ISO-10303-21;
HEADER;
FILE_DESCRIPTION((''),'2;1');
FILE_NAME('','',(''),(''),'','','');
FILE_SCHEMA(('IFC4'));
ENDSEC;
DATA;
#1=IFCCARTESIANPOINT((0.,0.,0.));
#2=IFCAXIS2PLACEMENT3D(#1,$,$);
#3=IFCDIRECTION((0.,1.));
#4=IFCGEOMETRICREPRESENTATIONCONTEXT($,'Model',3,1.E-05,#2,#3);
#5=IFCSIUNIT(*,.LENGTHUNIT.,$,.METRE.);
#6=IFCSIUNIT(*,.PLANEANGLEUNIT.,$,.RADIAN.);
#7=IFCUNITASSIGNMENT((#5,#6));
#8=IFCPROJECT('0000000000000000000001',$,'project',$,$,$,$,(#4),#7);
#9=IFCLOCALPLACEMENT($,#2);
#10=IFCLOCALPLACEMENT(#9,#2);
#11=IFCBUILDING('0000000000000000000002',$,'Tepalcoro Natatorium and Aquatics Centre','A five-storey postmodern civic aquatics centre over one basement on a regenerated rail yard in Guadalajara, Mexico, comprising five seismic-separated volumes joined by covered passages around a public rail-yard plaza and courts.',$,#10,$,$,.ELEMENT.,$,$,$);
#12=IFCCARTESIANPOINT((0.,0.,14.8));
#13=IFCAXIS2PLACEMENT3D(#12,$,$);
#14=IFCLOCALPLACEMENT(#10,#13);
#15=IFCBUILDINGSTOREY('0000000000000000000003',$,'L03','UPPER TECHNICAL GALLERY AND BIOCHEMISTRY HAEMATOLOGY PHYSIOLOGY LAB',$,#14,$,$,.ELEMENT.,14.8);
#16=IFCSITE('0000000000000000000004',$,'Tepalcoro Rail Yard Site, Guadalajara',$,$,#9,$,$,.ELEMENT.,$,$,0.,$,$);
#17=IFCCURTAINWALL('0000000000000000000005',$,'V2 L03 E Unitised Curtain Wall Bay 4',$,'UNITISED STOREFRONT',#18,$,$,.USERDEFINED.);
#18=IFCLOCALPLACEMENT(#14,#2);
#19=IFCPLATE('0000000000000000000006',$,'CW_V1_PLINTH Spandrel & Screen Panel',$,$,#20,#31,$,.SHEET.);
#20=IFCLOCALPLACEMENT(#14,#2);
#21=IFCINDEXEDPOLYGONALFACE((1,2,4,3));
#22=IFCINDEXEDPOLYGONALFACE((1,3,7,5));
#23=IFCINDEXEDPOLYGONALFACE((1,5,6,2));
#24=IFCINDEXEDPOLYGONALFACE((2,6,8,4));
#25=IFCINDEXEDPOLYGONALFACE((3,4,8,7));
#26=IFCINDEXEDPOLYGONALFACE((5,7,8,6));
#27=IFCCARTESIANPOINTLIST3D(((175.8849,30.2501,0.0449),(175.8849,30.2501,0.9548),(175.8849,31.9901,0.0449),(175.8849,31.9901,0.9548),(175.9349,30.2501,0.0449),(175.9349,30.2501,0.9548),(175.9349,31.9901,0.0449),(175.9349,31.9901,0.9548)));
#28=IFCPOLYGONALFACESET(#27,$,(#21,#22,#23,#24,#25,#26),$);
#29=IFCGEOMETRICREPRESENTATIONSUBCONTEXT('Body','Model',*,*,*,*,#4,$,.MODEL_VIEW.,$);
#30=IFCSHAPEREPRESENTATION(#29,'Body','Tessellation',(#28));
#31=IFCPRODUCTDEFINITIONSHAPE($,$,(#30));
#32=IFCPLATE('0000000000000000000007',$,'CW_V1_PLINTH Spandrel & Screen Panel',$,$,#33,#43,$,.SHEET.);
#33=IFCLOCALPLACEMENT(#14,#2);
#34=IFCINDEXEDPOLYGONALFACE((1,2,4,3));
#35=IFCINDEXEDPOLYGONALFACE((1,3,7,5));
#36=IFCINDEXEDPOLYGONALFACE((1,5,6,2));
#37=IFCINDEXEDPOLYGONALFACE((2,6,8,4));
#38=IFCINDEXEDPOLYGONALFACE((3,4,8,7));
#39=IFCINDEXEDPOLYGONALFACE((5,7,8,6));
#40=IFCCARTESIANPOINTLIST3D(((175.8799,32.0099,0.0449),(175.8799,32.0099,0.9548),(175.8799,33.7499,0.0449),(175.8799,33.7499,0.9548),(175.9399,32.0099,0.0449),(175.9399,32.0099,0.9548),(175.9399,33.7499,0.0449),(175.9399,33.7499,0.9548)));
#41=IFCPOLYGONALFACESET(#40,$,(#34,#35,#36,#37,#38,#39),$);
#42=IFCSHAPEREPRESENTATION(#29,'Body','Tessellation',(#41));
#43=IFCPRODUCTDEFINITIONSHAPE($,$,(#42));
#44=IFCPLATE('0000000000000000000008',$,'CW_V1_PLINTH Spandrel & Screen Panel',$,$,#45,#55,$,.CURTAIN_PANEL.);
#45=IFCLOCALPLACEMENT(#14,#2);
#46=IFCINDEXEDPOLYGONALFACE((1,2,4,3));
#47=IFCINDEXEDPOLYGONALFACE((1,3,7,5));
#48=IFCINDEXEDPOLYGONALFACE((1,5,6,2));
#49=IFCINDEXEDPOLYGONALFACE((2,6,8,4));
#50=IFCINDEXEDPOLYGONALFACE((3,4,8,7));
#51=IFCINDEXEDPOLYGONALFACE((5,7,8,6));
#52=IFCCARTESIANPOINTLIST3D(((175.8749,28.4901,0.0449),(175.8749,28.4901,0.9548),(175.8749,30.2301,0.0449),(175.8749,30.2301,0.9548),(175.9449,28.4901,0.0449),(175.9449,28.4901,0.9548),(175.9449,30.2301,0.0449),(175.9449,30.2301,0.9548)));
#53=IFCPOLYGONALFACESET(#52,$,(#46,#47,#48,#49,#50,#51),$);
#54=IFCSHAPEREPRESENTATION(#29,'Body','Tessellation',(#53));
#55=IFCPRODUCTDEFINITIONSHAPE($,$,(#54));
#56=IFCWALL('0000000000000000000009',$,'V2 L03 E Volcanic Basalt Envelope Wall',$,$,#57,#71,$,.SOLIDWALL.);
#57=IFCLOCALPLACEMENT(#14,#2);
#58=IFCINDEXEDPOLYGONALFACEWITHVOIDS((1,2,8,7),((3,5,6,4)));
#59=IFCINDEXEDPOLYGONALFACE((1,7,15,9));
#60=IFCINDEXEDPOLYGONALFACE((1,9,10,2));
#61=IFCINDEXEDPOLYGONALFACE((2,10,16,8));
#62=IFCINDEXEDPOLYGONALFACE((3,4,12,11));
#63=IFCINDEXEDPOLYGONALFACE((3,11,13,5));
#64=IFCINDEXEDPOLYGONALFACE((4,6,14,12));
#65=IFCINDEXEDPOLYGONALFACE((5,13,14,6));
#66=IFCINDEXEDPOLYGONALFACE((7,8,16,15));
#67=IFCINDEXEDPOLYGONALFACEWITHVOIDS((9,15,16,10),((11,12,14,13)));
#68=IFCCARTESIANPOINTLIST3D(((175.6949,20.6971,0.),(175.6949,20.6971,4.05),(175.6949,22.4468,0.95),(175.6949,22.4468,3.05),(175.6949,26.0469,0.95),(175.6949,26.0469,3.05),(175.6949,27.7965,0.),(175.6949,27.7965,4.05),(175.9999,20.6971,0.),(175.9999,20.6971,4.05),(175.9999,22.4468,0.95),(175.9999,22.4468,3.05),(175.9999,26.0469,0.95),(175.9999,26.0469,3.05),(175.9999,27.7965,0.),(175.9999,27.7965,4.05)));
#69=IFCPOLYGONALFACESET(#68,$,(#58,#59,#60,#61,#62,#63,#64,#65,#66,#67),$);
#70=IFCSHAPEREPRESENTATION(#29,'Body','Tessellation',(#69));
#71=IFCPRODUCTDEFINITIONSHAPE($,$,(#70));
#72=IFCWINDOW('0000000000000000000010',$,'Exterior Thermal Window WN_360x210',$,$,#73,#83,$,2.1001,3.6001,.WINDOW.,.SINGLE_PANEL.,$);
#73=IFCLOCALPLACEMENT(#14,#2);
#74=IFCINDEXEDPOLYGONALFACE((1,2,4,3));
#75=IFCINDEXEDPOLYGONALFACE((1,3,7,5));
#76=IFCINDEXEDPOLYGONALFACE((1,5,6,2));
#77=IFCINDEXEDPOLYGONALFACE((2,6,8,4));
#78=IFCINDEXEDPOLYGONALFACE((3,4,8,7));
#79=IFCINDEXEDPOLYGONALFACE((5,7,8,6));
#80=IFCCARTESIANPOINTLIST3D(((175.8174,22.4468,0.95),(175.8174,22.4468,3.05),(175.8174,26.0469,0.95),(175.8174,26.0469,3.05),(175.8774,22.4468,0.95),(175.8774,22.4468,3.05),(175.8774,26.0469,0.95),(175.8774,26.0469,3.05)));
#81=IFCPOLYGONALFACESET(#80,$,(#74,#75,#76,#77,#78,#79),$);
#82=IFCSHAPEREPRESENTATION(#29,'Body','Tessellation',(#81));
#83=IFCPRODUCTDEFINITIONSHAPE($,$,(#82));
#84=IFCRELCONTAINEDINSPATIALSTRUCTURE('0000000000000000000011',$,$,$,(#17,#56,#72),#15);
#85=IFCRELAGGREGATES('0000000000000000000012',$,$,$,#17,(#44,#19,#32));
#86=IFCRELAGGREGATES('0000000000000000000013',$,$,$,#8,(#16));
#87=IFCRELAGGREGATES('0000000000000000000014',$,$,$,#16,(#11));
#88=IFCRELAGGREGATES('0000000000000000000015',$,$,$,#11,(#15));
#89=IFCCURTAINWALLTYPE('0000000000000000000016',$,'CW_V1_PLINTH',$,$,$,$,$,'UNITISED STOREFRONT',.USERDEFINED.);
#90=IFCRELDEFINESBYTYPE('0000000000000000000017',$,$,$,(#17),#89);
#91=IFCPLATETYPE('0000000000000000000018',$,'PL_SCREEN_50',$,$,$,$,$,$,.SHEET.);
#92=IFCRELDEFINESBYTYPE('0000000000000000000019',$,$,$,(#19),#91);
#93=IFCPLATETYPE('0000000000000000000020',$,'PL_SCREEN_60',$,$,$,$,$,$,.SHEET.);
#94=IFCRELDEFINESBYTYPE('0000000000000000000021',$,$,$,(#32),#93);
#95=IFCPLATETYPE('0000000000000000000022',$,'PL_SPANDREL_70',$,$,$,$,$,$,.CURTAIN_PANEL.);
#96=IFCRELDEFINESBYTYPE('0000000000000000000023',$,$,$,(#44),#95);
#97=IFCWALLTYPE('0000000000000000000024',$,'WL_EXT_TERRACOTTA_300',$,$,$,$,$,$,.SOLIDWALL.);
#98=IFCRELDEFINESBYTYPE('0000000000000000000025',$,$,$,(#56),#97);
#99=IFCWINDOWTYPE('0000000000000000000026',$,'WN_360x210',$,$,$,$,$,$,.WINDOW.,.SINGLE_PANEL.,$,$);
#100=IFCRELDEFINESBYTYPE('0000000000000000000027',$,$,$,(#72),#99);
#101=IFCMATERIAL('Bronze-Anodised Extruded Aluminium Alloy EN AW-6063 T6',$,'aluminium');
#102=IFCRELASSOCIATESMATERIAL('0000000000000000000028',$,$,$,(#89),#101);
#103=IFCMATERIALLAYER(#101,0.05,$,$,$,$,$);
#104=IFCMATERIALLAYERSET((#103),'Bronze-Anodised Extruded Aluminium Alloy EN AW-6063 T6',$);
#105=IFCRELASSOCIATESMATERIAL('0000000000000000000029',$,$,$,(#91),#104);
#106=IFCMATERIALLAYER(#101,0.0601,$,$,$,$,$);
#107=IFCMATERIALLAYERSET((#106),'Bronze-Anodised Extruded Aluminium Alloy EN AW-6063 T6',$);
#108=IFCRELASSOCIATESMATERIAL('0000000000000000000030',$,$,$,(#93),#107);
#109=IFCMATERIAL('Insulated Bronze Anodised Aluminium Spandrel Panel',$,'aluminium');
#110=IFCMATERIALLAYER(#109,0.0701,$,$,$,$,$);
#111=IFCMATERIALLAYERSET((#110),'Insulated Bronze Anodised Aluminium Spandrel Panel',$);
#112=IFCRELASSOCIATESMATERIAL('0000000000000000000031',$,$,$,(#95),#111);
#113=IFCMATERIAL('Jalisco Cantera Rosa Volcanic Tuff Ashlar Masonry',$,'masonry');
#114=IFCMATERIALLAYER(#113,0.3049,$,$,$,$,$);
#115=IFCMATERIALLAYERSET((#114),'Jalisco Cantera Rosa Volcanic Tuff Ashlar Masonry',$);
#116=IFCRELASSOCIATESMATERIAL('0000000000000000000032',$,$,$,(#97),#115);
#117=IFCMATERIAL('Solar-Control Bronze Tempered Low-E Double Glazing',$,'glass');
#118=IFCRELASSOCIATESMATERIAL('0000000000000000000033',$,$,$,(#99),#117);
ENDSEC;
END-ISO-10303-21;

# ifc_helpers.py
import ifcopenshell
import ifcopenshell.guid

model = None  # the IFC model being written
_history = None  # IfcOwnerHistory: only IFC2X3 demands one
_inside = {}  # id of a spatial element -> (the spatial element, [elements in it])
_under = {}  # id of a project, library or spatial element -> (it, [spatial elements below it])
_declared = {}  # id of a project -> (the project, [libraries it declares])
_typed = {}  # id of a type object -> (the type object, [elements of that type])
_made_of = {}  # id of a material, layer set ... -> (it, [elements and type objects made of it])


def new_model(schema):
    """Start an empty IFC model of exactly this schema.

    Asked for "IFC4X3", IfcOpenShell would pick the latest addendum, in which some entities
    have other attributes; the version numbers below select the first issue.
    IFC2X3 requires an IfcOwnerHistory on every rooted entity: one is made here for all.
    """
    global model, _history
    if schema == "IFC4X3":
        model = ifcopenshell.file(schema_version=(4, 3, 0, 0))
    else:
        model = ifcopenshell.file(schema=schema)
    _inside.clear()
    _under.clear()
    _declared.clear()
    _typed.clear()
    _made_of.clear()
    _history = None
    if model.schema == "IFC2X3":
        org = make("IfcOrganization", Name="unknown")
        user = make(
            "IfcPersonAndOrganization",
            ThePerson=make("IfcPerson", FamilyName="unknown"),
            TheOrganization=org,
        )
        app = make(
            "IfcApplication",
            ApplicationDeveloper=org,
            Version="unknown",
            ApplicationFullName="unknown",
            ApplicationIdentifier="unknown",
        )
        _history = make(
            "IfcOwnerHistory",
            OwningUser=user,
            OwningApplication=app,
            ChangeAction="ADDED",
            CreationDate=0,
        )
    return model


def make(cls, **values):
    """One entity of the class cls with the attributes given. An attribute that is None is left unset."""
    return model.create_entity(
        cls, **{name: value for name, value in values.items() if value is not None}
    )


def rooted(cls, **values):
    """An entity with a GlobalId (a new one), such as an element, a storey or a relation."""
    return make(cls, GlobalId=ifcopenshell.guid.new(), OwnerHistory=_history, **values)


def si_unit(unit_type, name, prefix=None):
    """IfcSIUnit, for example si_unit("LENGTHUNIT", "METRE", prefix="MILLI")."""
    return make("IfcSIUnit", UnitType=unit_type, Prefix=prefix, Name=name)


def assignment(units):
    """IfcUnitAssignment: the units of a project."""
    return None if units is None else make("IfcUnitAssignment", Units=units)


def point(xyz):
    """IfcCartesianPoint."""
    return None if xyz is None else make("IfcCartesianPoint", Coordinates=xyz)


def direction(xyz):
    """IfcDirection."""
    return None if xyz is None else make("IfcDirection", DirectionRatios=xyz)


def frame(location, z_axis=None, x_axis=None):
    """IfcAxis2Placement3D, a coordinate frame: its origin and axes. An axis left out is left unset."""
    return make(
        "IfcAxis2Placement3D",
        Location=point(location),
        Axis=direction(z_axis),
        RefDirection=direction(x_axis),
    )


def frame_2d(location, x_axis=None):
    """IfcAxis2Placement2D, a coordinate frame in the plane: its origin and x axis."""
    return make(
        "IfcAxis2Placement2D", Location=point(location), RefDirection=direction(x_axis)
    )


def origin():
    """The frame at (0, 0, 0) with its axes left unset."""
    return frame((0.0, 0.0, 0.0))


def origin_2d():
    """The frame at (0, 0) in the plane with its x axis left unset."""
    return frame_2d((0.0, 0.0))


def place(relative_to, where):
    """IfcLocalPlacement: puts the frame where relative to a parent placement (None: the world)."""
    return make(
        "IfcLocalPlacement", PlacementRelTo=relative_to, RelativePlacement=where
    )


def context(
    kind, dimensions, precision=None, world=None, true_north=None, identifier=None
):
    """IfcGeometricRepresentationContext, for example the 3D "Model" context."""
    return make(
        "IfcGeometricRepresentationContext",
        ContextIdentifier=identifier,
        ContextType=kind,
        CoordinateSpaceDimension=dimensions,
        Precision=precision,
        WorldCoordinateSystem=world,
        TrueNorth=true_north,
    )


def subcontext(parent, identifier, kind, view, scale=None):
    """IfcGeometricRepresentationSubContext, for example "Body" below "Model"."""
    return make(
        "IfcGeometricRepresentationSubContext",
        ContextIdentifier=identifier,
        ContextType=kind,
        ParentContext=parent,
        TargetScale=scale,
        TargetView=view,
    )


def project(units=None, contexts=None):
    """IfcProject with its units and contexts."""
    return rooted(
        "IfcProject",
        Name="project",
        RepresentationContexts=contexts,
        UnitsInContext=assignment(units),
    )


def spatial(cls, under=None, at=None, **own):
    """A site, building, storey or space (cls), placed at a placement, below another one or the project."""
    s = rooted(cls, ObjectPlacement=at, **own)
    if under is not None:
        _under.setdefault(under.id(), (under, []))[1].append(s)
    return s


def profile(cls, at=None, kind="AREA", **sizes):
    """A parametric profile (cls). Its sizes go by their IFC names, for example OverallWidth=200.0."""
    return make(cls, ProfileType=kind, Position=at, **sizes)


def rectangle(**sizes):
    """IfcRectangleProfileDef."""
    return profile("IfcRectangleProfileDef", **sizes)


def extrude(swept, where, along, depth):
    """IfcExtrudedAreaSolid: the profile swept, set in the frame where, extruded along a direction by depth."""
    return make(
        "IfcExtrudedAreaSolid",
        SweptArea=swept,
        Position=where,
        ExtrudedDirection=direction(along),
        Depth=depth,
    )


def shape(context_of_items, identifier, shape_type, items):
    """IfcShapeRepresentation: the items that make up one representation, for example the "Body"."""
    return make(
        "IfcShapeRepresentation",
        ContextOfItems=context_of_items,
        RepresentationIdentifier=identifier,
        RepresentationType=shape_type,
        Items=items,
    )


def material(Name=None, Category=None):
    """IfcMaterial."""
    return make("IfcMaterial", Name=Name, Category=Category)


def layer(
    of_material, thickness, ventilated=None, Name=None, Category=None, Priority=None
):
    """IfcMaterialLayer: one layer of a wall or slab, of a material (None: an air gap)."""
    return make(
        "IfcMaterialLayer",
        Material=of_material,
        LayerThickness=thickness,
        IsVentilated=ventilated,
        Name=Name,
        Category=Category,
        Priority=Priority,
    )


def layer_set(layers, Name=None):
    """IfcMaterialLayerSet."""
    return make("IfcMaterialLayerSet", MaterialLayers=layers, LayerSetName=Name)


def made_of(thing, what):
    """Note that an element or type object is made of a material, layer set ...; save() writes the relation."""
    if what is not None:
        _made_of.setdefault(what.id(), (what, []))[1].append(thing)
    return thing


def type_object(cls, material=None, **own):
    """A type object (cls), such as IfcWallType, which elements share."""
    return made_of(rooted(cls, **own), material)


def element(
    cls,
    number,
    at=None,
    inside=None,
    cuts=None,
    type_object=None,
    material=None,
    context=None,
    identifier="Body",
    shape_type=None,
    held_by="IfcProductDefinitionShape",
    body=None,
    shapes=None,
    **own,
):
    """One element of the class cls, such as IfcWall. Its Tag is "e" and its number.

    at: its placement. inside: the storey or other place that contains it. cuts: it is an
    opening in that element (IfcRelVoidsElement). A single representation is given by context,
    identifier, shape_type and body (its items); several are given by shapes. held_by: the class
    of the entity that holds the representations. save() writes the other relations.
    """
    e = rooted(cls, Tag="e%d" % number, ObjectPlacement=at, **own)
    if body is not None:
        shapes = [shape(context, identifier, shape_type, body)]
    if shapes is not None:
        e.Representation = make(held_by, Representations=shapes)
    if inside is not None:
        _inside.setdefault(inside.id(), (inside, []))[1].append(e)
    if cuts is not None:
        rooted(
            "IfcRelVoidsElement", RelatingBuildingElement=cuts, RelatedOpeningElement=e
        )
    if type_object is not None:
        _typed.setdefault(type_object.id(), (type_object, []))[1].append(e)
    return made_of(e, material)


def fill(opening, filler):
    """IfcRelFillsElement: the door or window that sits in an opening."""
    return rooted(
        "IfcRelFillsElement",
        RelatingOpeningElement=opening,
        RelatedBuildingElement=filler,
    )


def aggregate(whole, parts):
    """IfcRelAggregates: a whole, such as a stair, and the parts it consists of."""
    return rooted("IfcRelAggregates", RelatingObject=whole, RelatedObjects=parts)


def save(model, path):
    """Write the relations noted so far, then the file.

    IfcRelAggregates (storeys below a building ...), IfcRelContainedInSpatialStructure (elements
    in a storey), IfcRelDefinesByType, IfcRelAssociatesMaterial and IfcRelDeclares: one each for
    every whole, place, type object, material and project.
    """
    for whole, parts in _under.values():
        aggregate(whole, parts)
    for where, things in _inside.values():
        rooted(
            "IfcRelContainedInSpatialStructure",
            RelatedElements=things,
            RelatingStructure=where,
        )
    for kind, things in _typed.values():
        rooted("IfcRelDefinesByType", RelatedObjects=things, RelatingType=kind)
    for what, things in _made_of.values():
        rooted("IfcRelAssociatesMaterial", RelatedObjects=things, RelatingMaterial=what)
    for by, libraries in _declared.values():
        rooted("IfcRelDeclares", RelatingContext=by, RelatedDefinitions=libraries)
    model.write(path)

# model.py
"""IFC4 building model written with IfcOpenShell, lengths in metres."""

from ifc_helpers import new_model, si_unit, direction, frame, frame_2d, origin, origin_2d, place, context, subcontext, project, spatial, rectangle, extrude, material, layer, layer_set, type_object, element, fill, aggregate, save


model = new_model("IFC4")

# Units and contexts
model_context = context("Model", 3, precision=1e-05, world=origin(), true_north=direction((0.0, 1.0)))
body_context = subcontext(model_context, "Body", "Model", "MODEL_VIEW")
ifc_project = project(units=[si_unit("LENGTHUNIT", "METRE"), si_unit("PLANEANGLEUNIT", "RADIAN")], contexts=[model_context])

# Site, building, storey
site_placement = place(None, origin())
site = spatial("IfcSite", under=ifc_project, at=site_placement, Name="Tepalcoro Rail Yard Site, Guadalajara", CompositionType="ELEMENT", RefElevation=0.0)
building_placement = place(site_placement, origin())
building = spatial("IfcBuilding", under=site, at=building_placement, Name="Tepalcoro Natatorium and Aquatics Centre", Description="A five-storey postmodern civic aquatics centre over one basement on a regenerated rail yard in Guadalajara, Mexico, comprising five seismic-separated volumes joined by covered passages around a public rail-yard plaza and courts.", CompositionType="ELEMENT")
storey_placement = place(building_placement, frame((0.0, 0.0, 14.8)))
storey = spatial("IfcBuildingStorey", under=building, at=storey_placement, Name="L03", Description="UPPER TECHNICAL GALLERY AND BIOCHEMISTRY HAEMATOLOGY PHYSIOLOGY LAB", CompositionType="ELEMENT", Elevation=14.8)

# Curtain wall
ifc_material_1 = material(Name="Bronze-Anodised Extruded Aluminium Alloy EN AW-6063 T6", Category="aluminium")
curtain_wall_type = type_object("IfcCurtainWallType", Name="CW_V1_PLINTH", ElementType="UNITISED STOREFRONT", PredefinedType="USERDEFINED", material=ifc_material_1)
curtain_wall_placement = place(storey_placement, origin())
curtain_wall = element("IfcCurtainWall", 1, at=curtain_wall_placement, inside=storey, type_object=curtain_wall_type, Name="V2 L03 E Unitised Curtain Wall Bay 4", ObjectType="UNITISED STOREFRONT", PredefinedType="USERDEFINED")

# Plates
ifc_material_2 = material(Name="Solar-Control Bronze Tempered Low-E Double Glazing", Category="glass")
ifc_material_3 = material(Name="Jalisco Cantera Rosa Volcanic Tuff Ashlar Masonry", Category="masonry")
ifc_layer_1 = layer(ifc_material_1, 0.05)
ifc_layer_set_1 = layer_set([ifc_layer_1], Name="Bronze-Anodised Extruded Aluminium Alloy EN AW-6063 T6")
plate_type_1 = type_object("IfcPlateType", Name="PL_SCREEN_50", PredefinedType="SHEET", material=ifc_layer_set_1)
plate_1_placement = place(storey_placement, frame((175.9099, 31.1201, 0.0449), z_axis=(0.0, 0.0, 1.0), x_axis=(1.0, 0.0, 0.0)))
plate_1 = element("IfcPlate", 2, at=plate_1_placement, type_object=plate_type_1, Name="CW_V1_PLINTH Spandrel & Screen Panel", PredefinedType="SHEET", context=body_context, shape_type="SweptSolid", body=[
    extrude(rectangle(XDim=0.05, YDim=1.74, at=origin_2d()), origin(), (0.0, 0.0, 1.0), 0.9099),
])
ifc_layer_2 = layer(ifc_material_1, 0.0601)
ifc_layer_set_2 = layer_set([ifc_layer_2], Name="Bronze-Anodised Extruded Aluminium Alloy EN AW-6063 T6")
plate_type_2 = type_object("IfcPlateType", Name="PL_SCREEN_60", PredefinedType="SHEET", material=ifc_layer_set_2)
plate_2_placement = place(storey_placement, frame((175.9099, 32.8799, 0.0449), z_axis=(0.0, 0.0, 1.0), x_axis=(1.0, 0.0, 0.0)))
plate_2 = element("IfcPlate", 3, at=plate_2_placement, type_object=plate_type_2, Name="CW_V1_PLINTH Spandrel & Screen Panel", PredefinedType="SHEET", context=body_context, shape_type="SweptSolid", body=[
    extrude(rectangle(XDim=0.0601, YDim=1.74, at=origin_2d()), origin(), (0.0, 0.0, 1.0), 0.9099),
])
ifc_material_4 = material(Name="Insulated Bronze Anodised Aluminium Spandrel Panel", Category="aluminium")
ifc_layer_3 = layer(ifc_material_4, 0.0701)
ifc_layer_set_3 = layer_set([ifc_layer_3], Name="Insulated Bronze Anodised Aluminium Spandrel Panel")
plate_type_3 = type_object("IfcPlateType", Name="PL_SPANDREL_70", PredefinedType="CURTAIN_PANEL", material=ifc_layer_set_3)
plate_3_placement = place(storey_placement, frame((175.9099, 29.3601, 0.0449), z_axis=(0.0, 0.0, 1.0), x_axis=(1.0, 0.0, 0.0)))
plate_3 = element("IfcPlate", 4, at=plate_3_placement, type_object=plate_type_3, Name="CW_V1_PLINTH Spandrel & Screen Panel", PredefinedType="CURTAIN_PANEL", context=body_context, shape_type="SweptSolid", body=[
    extrude(rectangle(XDim=0.0701, YDim=1.74, at=origin_2d()), origin(), (0.0, 0.0, 1.0), 0.9099),
])
aggregate(curtain_wall, [plate_3, plate_1, plate_2])

# Wall, opening, window
ifc_layer_4 = layer(ifc_material_3, 0.3049)
ifc_layer_set_4 = layer_set([ifc_layer_4], Name="Jalisco Cantera Rosa Volcanic Tuff Ashlar Masonry")
wall_type = type_object("IfcWallType", Name="WL_EXT_TERRACOTTA_300", PredefinedType="SOLIDWALL", material=ifc_layer_set_4)
wall_placement = place(storey_placement, frame((175.8474, 20.697, 0.0), z_axis=(0.0, 0.0, 1.0), x_axis=(0.0, 1.0, 0.0)))
wall = element("IfcWall", 5, at=wall_placement, inside=storey, type_object=wall_type, Name="V2 L03 E Volcanic Basalt Envelope Wall", PredefinedType="SOLIDWALL", context=body_context, shape_type="SweptSolid", body=[
    extrude(rectangle(XDim=7.0994, YDim=0.3049, at=frame_2d((3.5498, 0.0))), origin(), (0.0, 0.0, 1.0), 4.05),
])
opening_placement = place(wall_placement, frame((1.7498, 0.0, 0.95)))
opening = element("IfcOpeningElement", 6, at=opening_placement, cuts=wall, PredefinedType="OPENING", context=body_context, shape_type="SweptSolid", body=[
    extrude(rectangle(XDim=3.6001, YDim=2.1001, at=frame_2d((1.8, 1.05))), frame((0.0, 0.1646, 0.0), z_axis=(0.0, -1.0, 0.0), x_axis=(1.0, 0.0, 0.0)), (0.0, 0.0, 1.0), 0.3289),
])
window_type = type_object("IfcWindowType", Name="WN_360x210", PartitioningType="SINGLE_PANEL", PredefinedType="WINDOW", material=ifc_material_2)
window_placement = place(opening_placement, origin())
window = element("IfcWindow", 7, at=window_placement, inside=storey, type_object=window_type, Name="Exterior Thermal Window WN_360x210", OverallHeight=2.1001, OverallWidth=3.6001, PartitioningType="SINGLE_PANEL", PredefinedType="WINDOW", context=body_context, shape_type="SweptSolid", body=[
    extrude(rectangle(XDim=3.6001, YDim=2.1001, at=frame_2d((1.8, 1.05))), frame((0.0, 0.03, 0.0), z_axis=(0.0, -1.0, 0.0), x_axis=(1.0, 0.0, 0.0)), (0.0, 0.0, 1.0), 0.0601),
])
fill(opening, window)

save(model, "model.ifc")
